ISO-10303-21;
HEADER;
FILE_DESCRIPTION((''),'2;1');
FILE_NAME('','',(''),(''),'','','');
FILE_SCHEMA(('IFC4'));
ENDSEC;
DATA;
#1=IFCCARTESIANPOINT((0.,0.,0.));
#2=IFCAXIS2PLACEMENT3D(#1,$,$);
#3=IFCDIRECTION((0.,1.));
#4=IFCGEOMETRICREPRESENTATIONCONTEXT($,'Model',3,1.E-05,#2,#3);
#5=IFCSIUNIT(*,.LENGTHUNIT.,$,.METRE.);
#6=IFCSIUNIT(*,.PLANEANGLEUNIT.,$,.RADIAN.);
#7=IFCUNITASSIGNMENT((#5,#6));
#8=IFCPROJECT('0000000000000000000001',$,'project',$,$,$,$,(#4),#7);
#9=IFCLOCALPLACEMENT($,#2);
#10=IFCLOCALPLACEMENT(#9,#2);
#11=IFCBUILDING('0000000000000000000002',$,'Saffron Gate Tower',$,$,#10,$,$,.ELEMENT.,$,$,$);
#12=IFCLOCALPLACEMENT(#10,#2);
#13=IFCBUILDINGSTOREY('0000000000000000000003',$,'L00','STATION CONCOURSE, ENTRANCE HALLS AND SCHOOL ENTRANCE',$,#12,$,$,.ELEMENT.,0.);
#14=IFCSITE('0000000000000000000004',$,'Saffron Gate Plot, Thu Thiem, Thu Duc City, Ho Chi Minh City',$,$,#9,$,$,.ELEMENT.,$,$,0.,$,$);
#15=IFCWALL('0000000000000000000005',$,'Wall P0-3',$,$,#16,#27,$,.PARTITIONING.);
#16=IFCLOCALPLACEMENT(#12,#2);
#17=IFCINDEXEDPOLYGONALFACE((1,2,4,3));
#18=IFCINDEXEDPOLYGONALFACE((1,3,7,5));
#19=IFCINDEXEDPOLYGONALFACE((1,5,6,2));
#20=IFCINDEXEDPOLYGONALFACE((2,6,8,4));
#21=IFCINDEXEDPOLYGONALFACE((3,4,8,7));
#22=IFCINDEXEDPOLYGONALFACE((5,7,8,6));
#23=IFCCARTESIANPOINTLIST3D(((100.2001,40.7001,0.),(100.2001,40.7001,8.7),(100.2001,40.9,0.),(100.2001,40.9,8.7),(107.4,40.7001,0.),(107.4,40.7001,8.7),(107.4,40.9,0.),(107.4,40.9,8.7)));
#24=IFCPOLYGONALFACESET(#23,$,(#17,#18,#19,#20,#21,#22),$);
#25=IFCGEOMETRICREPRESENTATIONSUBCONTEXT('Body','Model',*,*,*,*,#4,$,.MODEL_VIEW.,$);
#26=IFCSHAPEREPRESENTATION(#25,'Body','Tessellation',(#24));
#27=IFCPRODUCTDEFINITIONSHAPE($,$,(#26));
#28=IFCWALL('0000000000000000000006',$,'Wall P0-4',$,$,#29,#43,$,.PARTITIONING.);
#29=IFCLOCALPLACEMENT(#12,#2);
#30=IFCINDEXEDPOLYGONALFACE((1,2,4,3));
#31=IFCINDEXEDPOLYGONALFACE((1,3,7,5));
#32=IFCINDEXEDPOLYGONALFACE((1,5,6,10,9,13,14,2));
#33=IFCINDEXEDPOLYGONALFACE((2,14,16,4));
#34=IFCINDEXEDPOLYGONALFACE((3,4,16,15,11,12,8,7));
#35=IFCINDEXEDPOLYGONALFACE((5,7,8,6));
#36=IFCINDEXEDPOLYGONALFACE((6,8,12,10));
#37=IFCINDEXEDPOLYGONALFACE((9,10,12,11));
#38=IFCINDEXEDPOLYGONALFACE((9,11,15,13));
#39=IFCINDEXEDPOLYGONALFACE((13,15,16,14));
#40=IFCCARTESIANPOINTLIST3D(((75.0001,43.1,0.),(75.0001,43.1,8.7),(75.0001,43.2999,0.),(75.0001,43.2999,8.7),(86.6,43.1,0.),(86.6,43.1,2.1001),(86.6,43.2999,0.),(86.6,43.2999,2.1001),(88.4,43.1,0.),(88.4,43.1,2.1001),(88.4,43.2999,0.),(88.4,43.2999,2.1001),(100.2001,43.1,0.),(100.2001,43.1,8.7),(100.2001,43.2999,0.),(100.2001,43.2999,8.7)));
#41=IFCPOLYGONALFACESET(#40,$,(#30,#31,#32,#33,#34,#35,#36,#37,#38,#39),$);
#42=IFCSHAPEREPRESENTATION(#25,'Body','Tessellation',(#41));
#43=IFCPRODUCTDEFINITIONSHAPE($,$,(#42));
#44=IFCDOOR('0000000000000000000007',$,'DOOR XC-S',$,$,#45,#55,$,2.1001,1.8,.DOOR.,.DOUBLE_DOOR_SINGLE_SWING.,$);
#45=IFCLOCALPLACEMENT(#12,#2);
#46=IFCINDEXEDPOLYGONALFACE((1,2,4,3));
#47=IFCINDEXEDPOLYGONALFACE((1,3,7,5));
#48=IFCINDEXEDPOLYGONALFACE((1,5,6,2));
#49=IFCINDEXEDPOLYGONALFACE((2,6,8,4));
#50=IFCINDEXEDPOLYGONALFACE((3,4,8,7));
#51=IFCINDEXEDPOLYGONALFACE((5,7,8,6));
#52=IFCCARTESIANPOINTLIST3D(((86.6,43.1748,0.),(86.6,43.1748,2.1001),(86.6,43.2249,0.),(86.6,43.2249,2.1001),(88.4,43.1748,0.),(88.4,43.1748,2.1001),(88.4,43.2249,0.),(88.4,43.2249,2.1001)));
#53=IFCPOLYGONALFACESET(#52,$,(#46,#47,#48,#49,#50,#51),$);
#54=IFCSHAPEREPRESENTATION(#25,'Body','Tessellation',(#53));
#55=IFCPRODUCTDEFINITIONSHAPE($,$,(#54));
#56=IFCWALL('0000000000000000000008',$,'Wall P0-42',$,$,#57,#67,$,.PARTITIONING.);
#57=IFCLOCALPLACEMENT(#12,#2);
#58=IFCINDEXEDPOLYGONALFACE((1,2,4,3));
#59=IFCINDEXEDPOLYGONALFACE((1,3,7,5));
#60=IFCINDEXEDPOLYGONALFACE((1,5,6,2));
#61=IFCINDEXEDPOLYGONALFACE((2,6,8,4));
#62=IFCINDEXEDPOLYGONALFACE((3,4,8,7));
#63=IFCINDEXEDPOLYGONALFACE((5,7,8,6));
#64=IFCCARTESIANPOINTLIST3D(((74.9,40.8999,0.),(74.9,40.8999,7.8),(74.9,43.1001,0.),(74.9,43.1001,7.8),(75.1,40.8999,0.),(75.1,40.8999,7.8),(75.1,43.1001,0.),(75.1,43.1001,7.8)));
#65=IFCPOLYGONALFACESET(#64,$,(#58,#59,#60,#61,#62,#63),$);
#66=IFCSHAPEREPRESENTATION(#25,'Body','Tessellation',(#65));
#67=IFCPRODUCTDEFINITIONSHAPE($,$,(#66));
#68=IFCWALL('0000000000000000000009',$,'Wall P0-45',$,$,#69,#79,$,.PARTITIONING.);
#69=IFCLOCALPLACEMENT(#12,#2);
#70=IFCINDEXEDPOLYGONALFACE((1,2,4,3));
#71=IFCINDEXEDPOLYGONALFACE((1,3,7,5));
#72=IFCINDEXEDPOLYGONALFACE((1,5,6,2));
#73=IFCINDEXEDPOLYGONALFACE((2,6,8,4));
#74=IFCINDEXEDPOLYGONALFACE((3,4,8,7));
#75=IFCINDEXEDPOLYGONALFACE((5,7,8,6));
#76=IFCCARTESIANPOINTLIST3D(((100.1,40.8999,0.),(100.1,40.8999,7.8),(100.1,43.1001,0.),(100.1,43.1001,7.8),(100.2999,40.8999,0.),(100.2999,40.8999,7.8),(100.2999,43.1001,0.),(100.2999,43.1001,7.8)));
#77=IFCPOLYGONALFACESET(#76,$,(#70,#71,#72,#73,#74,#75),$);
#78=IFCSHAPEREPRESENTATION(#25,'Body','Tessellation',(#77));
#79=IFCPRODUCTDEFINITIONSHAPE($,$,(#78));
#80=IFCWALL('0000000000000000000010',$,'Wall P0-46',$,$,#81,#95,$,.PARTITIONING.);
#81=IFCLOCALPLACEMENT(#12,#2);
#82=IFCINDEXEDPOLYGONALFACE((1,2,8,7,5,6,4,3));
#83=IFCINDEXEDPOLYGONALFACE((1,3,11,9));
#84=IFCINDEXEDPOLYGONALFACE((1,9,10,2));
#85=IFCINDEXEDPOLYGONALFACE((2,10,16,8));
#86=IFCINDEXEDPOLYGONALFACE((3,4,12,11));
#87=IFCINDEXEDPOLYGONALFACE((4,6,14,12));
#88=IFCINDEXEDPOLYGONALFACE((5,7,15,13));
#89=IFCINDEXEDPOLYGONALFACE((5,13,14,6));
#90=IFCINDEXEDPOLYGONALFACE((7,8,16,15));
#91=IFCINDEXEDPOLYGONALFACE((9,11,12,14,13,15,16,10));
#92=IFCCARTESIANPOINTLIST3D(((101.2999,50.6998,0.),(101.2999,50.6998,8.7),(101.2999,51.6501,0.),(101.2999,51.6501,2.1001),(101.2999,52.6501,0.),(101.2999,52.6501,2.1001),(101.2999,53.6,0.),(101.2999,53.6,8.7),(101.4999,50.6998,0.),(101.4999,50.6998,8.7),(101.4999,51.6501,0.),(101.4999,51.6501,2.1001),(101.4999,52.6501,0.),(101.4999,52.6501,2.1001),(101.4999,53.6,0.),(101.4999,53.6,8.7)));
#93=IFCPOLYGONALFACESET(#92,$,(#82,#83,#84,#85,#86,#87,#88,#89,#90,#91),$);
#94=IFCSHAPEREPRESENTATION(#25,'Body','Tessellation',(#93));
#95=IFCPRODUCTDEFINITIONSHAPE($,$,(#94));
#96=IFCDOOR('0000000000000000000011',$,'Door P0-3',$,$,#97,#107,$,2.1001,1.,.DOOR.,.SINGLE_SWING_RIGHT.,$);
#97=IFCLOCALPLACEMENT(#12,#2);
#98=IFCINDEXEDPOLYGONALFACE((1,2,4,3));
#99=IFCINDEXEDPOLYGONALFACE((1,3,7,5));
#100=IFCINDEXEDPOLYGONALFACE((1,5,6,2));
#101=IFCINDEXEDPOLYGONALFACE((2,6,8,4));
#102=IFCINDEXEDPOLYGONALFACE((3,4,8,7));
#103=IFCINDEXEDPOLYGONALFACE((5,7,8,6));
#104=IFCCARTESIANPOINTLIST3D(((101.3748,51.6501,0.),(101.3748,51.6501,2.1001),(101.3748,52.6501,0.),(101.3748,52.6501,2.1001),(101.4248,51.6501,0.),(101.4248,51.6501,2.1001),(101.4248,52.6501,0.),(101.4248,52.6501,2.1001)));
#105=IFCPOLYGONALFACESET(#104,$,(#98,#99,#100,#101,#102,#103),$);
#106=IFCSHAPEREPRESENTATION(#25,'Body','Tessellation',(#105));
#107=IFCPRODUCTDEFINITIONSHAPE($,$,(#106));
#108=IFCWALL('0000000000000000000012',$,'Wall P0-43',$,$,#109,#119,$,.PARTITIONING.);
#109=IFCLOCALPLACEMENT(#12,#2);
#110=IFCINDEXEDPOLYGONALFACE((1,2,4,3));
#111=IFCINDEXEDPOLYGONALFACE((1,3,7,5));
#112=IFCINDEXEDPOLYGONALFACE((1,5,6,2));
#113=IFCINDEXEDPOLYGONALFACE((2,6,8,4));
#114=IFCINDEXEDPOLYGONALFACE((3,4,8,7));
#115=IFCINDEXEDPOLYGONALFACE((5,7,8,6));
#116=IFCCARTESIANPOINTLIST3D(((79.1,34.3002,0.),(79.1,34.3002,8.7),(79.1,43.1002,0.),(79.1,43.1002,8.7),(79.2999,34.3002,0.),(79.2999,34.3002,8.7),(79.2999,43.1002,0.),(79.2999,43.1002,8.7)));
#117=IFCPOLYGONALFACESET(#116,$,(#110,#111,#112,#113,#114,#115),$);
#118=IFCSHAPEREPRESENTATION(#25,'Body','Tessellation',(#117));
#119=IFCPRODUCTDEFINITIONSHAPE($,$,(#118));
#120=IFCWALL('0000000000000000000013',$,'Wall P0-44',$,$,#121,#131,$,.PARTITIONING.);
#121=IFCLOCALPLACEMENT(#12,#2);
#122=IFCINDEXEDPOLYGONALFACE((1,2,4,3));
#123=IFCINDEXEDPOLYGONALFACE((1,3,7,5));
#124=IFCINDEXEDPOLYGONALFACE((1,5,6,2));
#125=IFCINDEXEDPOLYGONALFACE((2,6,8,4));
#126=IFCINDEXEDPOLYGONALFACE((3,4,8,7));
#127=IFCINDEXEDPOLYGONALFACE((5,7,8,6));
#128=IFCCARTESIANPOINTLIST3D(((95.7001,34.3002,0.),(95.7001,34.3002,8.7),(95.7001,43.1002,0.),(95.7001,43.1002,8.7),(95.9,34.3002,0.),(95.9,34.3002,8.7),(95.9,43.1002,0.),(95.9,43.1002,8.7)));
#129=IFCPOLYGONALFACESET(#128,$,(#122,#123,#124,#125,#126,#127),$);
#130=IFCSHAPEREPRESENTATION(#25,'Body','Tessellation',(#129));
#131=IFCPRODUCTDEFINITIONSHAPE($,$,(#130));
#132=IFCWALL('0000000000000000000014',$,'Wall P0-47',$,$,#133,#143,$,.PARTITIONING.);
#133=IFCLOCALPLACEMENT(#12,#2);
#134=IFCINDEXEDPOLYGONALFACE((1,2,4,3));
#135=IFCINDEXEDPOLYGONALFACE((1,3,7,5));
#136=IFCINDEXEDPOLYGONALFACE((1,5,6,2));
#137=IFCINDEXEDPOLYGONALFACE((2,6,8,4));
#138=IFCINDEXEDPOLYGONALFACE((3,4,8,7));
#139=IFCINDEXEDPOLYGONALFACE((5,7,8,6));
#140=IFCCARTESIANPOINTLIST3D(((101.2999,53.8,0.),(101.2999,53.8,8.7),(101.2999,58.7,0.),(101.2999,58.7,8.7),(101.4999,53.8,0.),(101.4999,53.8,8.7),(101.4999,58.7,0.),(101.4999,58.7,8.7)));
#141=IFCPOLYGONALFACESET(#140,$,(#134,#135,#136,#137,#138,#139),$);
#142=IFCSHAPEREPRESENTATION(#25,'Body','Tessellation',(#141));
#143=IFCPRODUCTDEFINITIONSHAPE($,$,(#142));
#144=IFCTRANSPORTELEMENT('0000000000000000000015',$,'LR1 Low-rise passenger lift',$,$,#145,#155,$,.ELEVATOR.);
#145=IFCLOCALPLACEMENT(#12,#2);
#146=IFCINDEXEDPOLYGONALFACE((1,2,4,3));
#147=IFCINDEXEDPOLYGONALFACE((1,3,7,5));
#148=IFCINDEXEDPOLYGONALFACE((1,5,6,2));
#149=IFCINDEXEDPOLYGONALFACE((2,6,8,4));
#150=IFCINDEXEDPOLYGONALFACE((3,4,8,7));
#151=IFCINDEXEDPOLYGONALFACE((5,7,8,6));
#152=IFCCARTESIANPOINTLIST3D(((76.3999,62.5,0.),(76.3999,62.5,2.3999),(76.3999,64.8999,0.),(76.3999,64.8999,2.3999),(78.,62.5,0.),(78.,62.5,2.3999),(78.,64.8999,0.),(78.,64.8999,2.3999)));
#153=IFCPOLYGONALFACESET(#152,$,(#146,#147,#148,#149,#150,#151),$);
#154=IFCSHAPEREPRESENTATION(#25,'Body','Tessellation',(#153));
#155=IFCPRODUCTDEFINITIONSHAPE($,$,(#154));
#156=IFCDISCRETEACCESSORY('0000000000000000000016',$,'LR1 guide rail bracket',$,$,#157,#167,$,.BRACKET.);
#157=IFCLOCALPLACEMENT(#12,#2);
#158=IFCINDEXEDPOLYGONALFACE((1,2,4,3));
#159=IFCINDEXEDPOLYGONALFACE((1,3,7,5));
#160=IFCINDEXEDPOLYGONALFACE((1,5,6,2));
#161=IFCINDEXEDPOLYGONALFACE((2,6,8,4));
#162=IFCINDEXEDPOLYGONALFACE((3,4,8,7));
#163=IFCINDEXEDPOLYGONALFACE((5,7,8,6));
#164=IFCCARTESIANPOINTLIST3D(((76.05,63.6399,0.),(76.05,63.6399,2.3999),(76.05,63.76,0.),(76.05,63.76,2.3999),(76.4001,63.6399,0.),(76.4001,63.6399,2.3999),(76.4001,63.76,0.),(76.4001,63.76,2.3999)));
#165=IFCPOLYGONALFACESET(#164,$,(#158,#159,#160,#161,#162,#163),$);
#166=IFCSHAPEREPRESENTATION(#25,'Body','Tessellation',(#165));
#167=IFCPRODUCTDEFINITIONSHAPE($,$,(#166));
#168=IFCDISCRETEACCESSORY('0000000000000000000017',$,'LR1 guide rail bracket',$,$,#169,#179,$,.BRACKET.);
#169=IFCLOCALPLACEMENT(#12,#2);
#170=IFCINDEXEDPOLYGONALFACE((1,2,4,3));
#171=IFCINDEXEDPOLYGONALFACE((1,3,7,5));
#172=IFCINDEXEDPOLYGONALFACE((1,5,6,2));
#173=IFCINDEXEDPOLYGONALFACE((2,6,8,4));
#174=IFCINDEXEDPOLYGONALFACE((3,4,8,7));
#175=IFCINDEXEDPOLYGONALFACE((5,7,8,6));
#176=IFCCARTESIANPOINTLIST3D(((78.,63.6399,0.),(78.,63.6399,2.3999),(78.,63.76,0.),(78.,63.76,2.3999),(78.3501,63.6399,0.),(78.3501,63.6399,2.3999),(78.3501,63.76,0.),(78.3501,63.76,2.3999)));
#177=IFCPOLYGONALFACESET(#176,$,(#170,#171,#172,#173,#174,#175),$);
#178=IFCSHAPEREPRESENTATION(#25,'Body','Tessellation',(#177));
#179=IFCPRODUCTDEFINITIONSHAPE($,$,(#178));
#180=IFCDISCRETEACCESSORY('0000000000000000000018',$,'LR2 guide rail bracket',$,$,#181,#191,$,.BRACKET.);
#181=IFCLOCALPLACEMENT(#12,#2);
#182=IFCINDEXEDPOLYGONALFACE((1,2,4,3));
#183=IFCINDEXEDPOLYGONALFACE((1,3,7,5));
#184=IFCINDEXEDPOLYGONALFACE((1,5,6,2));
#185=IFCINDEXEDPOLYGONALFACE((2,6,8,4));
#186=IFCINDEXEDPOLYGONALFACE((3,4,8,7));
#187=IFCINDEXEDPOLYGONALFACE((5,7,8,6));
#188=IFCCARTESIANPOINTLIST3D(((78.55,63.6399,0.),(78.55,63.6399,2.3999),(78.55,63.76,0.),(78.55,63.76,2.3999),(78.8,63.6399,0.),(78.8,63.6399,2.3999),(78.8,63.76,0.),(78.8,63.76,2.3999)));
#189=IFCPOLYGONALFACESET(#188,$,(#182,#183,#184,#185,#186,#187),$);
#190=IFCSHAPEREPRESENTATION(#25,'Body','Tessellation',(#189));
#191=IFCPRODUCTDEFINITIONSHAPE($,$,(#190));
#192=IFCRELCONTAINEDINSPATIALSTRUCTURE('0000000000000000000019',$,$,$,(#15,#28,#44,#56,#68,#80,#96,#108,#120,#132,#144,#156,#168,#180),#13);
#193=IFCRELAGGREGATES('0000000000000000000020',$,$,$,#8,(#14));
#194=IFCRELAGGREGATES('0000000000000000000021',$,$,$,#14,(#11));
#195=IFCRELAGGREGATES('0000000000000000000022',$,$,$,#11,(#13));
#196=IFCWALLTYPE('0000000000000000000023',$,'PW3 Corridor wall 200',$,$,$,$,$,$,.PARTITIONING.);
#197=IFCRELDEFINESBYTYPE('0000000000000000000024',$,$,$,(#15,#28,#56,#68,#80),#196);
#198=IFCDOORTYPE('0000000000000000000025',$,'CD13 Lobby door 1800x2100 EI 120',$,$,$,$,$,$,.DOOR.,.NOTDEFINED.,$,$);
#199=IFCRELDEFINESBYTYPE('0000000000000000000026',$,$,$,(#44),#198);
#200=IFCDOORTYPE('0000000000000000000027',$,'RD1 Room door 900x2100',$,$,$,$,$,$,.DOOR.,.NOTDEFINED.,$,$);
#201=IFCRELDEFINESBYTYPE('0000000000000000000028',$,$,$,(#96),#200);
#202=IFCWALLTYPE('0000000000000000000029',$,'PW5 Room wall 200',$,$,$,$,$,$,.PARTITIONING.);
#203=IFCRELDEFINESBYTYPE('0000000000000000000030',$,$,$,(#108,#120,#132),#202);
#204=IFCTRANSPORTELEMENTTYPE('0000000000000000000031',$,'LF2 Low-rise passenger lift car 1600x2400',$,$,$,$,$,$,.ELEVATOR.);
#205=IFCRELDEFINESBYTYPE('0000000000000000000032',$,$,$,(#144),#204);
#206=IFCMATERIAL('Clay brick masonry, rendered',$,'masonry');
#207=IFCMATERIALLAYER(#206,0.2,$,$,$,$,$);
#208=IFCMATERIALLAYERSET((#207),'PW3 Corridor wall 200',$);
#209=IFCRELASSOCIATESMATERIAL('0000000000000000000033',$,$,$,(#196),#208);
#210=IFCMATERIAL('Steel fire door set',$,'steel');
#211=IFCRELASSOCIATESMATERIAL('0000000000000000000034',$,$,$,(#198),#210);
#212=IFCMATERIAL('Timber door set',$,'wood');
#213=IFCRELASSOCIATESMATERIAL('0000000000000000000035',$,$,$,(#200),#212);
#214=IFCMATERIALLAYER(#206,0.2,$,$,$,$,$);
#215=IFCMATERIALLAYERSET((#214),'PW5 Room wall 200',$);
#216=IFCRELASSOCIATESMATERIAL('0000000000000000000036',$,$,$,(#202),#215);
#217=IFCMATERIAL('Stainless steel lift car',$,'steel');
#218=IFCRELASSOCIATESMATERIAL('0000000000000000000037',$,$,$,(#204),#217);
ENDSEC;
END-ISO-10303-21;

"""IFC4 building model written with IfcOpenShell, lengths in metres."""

from ifc_helpers import new_model, si_unit, direction, frame, frame_2d, origin, origin_2d, place, context, subcontext, project, spatial, rectangle, extrude, material, layer, layer_set, type_object, element, fill, save


model = new_model("IFC4")

# Units and contexts
model_context = context("Model", 3, precision=1e-05, world=origin(), true_north=direction((0.0, 1.0)))
body_context = subcontext(model_context, "Body", "Model", "MODEL_VIEW")
ifc_project = project(units=[si_unit("LENGTHUNIT", "METRE"), si_unit("PLANEANGLEUNIT", "RADIAN")], contexts=[model_context])

# Site, building, storey
site_placement = place(None, origin())
site = spatial("IfcSite", under=ifc_project, at=site_placement, Name="Saffron Gate Plot, Thu Thiem, Thu Duc City, Ho Chi Minh City", CompositionType="ELEMENT", RefElevation=0.0)
building_placement = place(site_placement, origin())
building = spatial("IfcBuilding", under=site, at=building_placement, Name="Saffron Gate Tower", CompositionType="ELEMENT")
storey_placement = place(building_placement, origin())
storey = spatial("IfcBuildingStorey", under=building, at=storey_placement, Name="L00", Description="STATION CONCOURSE, ENTRANCE HALLS AND SCHOOL ENTRANCE", CompositionType="ELEMENT", Elevation=0.0)

# Shared definitions
ifc_material_1 = material(Name="Steel fire door set", Category="steel")

# Wall
ifc_material_2 = material(Name="Clay brick masonry, rendered", Category="masonry")
ifc_layer_1 = layer(ifc_material_2, 0.2)
ifc_layer_set_1 = layer_set([ifc_layer_1], Name="PW3 Corridor wall 200")
wall_type_1 = type_object("IfcWallType", Name="PW3 Corridor wall 200", PredefinedType="PARTITIONING", material=ifc_layer_set_1)
wall_1_placement = place(storey_placement, frame((100.2, 40.8, 0.0), z_axis=(0.0, 0.0, 1.0), x_axis=(1.0, 0.0, 0.0)))
element("IfcWall", 1, at=wall_1_placement, inside=storey, type_object=wall_type_1, Name="Wall P0-3", PredefinedType="PARTITIONING", context=body_context, shape_type="SweptSolid", body=[
    extrude(rectangle(XDim=7.2, YDim=0.2, at=frame_2d((3.6001, 0.0))), origin(), (0.0, 0.0, 1.0), 8.7),
])

# Wall, opening, door
wall_2_placement = place(storey_placement, frame((75.0, 43.2, 0.0), z_axis=(0.0, 0.0, 1.0), x_axis=(1.0, 0.0, 0.0)))
wall_2 = element("IfcWall", 2, at=wall_2_placement, inside=storey, type_object=wall_type_1, Name="Wall P0-4", PredefinedType="PARTITIONING", context=body_context, shape_type="SweptSolid", body=[
    extrude(rectangle(XDim=25.2, YDim=0.2, at=frame_2d((12.6001, 0.0))), origin(), (0.0, 0.0, 1.0), 8.7),
])
opening_1_placement = place(wall_2_placement, frame((11.6001, 0.0, 0.0)))
opening_1 = element("IfcOpeningElement", 3, at=opening_1_placement, cuts=wall_2, PredefinedType="OPENING", context=body_context, shape_type="SweptSolid", body=[
    extrude(rectangle(XDim=1.8, YDim=2.1001, at=frame_2d((0.8999, 1.05))), frame((0.0, 0.1099, 0.0), z_axis=(0.0, -1.0, 0.0), x_axis=(1.0, 0.0, 0.0)), (0.0, 0.0, 1.0), 0.22),
])
door_type_1 = type_object("IfcDoorType", Name="CD13 Lobby door 1800x2100 EI 120", OperationType="NOTDEFINED", PredefinedType="DOOR", material=ifc_material_1)
door_1_placement = place(opening_1_placement, origin())
door_1 = element("IfcDoor", 4, at=door_1_placement, inside=storey, type_object=door_type_1, Name="DOOR XC-S", OperationType="DOUBLE_DOOR_SINGLE_SWING", OverallHeight=2.1001, OverallWidth=1.8, PredefinedType="DOOR", context=body_context, shape_type="SweptSolid", body=[
    extrude(rectangle(XDim=1.8, YDim=2.1001, at=frame_2d((0.8999, 1.05))), frame((0.0, 0.0249, 0.0), z_axis=(0.0, -1.0, 0.0), x_axis=(1.0, 0.0, 0.0)), (0.0, 0.0, 1.0), 0.05),
])
fill(opening_1, door_1)

# Walls
for number, where, z_axis, x_axis, name in (
    (5, (75.0, 43.1001, 0.0), (0.0, 0.0, 1.0), (0.0, -1.0, 0.0), "Wall P0-42"),
    (6, (100.2, 43.1001, 0.0), (0.0, 0.0, 1.0), (0.0, -1.0, 0.0), "Wall P0-45"),
):
    element("IfcWall", number, at=place(storey_placement, frame(where, z_axis=z_axis, x_axis=x_axis)), inside=storey, type_object=wall_type_1, Name=name, PredefinedType="PARTITIONING", context=body_context, shape_type="SweptSolid", body=[
        extrude(rectangle(XDim=2.2002, YDim=0.2, at=frame_2d((1.1001, 0.0))), origin(), (0.0, 0.0, 1.0), 7.8),
    ])

# Wall, opening, door
wall_3_placement = place(storey_placement, frame((101.3999, 53.6001, 0.0), z_axis=(0.0, 0.0, 1.0), x_axis=(0.0, -1.0, 0.0)))
wall_3 = element("IfcWall", 7, at=wall_3_placement, inside=storey, type_object=wall_type_1, Name="Wall P0-46", PredefinedType="PARTITIONING", context=body_context, shape_type="SweptSolid", body=[
    extrude(rectangle(XDim=2.9001, YDim=0.2, at=frame_2d((1.4502, 0.0))), origin(), (0.0, 0.0, 1.0), 8.7),
])
opening_2_placement = place(wall_3_placement, frame((0.95, 0.0, 0.0)))
opening_2 = element("IfcOpeningElement", 8, at=opening_2_placement, cuts=wall_3, PredefinedType="OPENING", context=body_context, shape_type="SweptSolid", body=[
    extrude(rectangle(XDim=1.0, YDim=2.1001, at=frame_2d((0.5, 1.05))), frame((0.0, 0.1099, 0.0), z_axis=(0.0, -1.0, 0.0), x_axis=(1.0, 0.0, 0.0)), (0.0, 0.0, 1.0), 0.22),
])
ifc_material_3 = material(Name="Timber door set", Category="wood")
door_type_2 = type_object("IfcDoorType", Name="RD1 Room door 900x2100", OperationType="NOTDEFINED", PredefinedType="DOOR", material=ifc_material_3)
door_2_placement = place(opening_2_placement, origin())
door_2 = element("IfcDoor", 9, at=door_2_placement, inside=storey, type_object=door_type_2, Name="Door P0-3", OperationType="SINGLE_SWING_RIGHT", OverallHeight=2.1001, OverallWidth=1.0, PredefinedType="DOOR", context=body_context, shape_type="SweptSolid", body=[
    extrude(rectangle(XDim=1.0, YDim=2.1001, at=frame_2d((0.5, 1.05))), frame((0.0, 0.0249, 0.0), z_axis=(0.0, -1.0, 0.0), x_axis=(1.0, 0.0, 0.0)), (0.0, 0.0, 1.0), 0.05),
])
fill(opening_2, door_2)

# Walls
ifc_layer_2 = layer(ifc_material_2, 0.2)
ifc_layer_set_2 = layer_set([ifc_layer_2], Name="PW5 Room wall 200")
wall_type_2 = type_object("IfcWallType", Name="PW5 Room wall 200", PredefinedType="PARTITIONING", material=ifc_layer_set_2)
for number, where, z_axis, x_axis, name in (
    (10, (79.2, 43.1001, 0.0), (0.0, 0.0, 1.0), (0.0, -1.0, 0.0), "Wall P0-43"),
    (11, (95.8, 43.1001, 0.0), (0.0, 0.0, 1.0), (0.0, -1.0, 0.0), "Wall P0-44"),
):
    element("IfcWall", number, at=place(storey_placement, frame(where, z_axis=z_axis, x_axis=x_axis)), inside=storey, type_object=wall_type_2, Name=name, PredefinedType="PARTITIONING", context=body_context, shape_type="SweptSolid", body=[
        extrude(rectangle(XDim=8.8, YDim=0.2, at=frame_2d((4.3999, 0.0))), origin(), (0.0, 0.0, 1.0), 8.7),
    ])
wall_4_placement = place(storey_placement, frame((101.3999, 58.7, 0.0), z_axis=(0.0, 0.0, 1.0), x_axis=(0.0, -1.0, 0.0)))
element("IfcWall", 12, at=wall_4_placement, inside=storey, type_object=wall_type_2, Name="Wall P0-47", PredefinedType="PARTITIONING", context=body_context, shape_type="SweptSolid", body=[
    extrude(rectangle(XDim=4.8999, YDim=0.2, at=frame_2d((2.45, 0.0))), origin(), (0.0, 0.0, 1.0), 8.7),
])

# Transport element
ifc_material_4 = material(Name="Stainless steel lift car", Category="steel")
transport_element_type = type_object("IfcTransportElementType", Name="LF2 Low-rise passenger lift car 1600x2400", PredefinedType="ELEVATOR", material=ifc_material_4)
transport_element_placement = place(storey_placement, frame((77.2, 63.7, 0.0), z_axis=(0.0, 0.0, 1.0), x_axis=(1.0, 0.0, 0.0)))
element("IfcTransportElement", 13, at=transport_element_placement, inside=storey, type_object=transport_element_type, Name="LR1 Low-rise passenger lift", PredefinedType="ELEVATOR", context=body_context, shape_type="SweptSolid", body=[
    extrude(rectangle(XDim=1.6001, YDim=2.3999, at=origin_2d()), origin(), (0.0, 0.0, 1.0), 2.3999),
])

# Discrete accessories
for number, where, z_axis, x_axis, name in (
    (14, (76.2251, 63.7, 0.0), (0.0, 0.0, 1.0), (1.0, 0.0, 0.0), "LR1 guide rail bracket"),
    (15, (78.175, 63.7, 0.0), (0.0, 0.0, 1.0), (1.0, 0.0, 0.0), "LR1 guide rail bracket"),
):
    element("IfcDiscreteAccessory", number, at=place(storey_placement, frame(where, z_axis=z_axis, x_axis=x_axis)), inside=storey, Name=name, PredefinedType="BRACKET", context=body_context, shape_type="SweptSolid", body=[
        extrude(rectangle(XDim=0.3501, YDim=0.1201, at=origin_2d()), origin(), (0.0, 0.0, 1.0), 2.3999),
    ])
discrete_accessory_placement = place(storey_placement, frame((78.675, 63.7, 0.0), z_axis=(0.0, 0.0, 1.0), x_axis=(1.0, 0.0, 0.0)))
element("IfcDiscreteAccessory", 16, at=discrete_accessory_placement, inside=storey, Name="LR2 guide rail bracket", PredefinedType="BRACKET", context=body_context, shape_type="SweptSolid", body=[
    extrude(rectangle(XDim=0.25, YDim=0.1201, at=origin_2d()), origin(), (0.0, 0.0, 1.0), 2.3999),
])

save(model, "model.ifc")
